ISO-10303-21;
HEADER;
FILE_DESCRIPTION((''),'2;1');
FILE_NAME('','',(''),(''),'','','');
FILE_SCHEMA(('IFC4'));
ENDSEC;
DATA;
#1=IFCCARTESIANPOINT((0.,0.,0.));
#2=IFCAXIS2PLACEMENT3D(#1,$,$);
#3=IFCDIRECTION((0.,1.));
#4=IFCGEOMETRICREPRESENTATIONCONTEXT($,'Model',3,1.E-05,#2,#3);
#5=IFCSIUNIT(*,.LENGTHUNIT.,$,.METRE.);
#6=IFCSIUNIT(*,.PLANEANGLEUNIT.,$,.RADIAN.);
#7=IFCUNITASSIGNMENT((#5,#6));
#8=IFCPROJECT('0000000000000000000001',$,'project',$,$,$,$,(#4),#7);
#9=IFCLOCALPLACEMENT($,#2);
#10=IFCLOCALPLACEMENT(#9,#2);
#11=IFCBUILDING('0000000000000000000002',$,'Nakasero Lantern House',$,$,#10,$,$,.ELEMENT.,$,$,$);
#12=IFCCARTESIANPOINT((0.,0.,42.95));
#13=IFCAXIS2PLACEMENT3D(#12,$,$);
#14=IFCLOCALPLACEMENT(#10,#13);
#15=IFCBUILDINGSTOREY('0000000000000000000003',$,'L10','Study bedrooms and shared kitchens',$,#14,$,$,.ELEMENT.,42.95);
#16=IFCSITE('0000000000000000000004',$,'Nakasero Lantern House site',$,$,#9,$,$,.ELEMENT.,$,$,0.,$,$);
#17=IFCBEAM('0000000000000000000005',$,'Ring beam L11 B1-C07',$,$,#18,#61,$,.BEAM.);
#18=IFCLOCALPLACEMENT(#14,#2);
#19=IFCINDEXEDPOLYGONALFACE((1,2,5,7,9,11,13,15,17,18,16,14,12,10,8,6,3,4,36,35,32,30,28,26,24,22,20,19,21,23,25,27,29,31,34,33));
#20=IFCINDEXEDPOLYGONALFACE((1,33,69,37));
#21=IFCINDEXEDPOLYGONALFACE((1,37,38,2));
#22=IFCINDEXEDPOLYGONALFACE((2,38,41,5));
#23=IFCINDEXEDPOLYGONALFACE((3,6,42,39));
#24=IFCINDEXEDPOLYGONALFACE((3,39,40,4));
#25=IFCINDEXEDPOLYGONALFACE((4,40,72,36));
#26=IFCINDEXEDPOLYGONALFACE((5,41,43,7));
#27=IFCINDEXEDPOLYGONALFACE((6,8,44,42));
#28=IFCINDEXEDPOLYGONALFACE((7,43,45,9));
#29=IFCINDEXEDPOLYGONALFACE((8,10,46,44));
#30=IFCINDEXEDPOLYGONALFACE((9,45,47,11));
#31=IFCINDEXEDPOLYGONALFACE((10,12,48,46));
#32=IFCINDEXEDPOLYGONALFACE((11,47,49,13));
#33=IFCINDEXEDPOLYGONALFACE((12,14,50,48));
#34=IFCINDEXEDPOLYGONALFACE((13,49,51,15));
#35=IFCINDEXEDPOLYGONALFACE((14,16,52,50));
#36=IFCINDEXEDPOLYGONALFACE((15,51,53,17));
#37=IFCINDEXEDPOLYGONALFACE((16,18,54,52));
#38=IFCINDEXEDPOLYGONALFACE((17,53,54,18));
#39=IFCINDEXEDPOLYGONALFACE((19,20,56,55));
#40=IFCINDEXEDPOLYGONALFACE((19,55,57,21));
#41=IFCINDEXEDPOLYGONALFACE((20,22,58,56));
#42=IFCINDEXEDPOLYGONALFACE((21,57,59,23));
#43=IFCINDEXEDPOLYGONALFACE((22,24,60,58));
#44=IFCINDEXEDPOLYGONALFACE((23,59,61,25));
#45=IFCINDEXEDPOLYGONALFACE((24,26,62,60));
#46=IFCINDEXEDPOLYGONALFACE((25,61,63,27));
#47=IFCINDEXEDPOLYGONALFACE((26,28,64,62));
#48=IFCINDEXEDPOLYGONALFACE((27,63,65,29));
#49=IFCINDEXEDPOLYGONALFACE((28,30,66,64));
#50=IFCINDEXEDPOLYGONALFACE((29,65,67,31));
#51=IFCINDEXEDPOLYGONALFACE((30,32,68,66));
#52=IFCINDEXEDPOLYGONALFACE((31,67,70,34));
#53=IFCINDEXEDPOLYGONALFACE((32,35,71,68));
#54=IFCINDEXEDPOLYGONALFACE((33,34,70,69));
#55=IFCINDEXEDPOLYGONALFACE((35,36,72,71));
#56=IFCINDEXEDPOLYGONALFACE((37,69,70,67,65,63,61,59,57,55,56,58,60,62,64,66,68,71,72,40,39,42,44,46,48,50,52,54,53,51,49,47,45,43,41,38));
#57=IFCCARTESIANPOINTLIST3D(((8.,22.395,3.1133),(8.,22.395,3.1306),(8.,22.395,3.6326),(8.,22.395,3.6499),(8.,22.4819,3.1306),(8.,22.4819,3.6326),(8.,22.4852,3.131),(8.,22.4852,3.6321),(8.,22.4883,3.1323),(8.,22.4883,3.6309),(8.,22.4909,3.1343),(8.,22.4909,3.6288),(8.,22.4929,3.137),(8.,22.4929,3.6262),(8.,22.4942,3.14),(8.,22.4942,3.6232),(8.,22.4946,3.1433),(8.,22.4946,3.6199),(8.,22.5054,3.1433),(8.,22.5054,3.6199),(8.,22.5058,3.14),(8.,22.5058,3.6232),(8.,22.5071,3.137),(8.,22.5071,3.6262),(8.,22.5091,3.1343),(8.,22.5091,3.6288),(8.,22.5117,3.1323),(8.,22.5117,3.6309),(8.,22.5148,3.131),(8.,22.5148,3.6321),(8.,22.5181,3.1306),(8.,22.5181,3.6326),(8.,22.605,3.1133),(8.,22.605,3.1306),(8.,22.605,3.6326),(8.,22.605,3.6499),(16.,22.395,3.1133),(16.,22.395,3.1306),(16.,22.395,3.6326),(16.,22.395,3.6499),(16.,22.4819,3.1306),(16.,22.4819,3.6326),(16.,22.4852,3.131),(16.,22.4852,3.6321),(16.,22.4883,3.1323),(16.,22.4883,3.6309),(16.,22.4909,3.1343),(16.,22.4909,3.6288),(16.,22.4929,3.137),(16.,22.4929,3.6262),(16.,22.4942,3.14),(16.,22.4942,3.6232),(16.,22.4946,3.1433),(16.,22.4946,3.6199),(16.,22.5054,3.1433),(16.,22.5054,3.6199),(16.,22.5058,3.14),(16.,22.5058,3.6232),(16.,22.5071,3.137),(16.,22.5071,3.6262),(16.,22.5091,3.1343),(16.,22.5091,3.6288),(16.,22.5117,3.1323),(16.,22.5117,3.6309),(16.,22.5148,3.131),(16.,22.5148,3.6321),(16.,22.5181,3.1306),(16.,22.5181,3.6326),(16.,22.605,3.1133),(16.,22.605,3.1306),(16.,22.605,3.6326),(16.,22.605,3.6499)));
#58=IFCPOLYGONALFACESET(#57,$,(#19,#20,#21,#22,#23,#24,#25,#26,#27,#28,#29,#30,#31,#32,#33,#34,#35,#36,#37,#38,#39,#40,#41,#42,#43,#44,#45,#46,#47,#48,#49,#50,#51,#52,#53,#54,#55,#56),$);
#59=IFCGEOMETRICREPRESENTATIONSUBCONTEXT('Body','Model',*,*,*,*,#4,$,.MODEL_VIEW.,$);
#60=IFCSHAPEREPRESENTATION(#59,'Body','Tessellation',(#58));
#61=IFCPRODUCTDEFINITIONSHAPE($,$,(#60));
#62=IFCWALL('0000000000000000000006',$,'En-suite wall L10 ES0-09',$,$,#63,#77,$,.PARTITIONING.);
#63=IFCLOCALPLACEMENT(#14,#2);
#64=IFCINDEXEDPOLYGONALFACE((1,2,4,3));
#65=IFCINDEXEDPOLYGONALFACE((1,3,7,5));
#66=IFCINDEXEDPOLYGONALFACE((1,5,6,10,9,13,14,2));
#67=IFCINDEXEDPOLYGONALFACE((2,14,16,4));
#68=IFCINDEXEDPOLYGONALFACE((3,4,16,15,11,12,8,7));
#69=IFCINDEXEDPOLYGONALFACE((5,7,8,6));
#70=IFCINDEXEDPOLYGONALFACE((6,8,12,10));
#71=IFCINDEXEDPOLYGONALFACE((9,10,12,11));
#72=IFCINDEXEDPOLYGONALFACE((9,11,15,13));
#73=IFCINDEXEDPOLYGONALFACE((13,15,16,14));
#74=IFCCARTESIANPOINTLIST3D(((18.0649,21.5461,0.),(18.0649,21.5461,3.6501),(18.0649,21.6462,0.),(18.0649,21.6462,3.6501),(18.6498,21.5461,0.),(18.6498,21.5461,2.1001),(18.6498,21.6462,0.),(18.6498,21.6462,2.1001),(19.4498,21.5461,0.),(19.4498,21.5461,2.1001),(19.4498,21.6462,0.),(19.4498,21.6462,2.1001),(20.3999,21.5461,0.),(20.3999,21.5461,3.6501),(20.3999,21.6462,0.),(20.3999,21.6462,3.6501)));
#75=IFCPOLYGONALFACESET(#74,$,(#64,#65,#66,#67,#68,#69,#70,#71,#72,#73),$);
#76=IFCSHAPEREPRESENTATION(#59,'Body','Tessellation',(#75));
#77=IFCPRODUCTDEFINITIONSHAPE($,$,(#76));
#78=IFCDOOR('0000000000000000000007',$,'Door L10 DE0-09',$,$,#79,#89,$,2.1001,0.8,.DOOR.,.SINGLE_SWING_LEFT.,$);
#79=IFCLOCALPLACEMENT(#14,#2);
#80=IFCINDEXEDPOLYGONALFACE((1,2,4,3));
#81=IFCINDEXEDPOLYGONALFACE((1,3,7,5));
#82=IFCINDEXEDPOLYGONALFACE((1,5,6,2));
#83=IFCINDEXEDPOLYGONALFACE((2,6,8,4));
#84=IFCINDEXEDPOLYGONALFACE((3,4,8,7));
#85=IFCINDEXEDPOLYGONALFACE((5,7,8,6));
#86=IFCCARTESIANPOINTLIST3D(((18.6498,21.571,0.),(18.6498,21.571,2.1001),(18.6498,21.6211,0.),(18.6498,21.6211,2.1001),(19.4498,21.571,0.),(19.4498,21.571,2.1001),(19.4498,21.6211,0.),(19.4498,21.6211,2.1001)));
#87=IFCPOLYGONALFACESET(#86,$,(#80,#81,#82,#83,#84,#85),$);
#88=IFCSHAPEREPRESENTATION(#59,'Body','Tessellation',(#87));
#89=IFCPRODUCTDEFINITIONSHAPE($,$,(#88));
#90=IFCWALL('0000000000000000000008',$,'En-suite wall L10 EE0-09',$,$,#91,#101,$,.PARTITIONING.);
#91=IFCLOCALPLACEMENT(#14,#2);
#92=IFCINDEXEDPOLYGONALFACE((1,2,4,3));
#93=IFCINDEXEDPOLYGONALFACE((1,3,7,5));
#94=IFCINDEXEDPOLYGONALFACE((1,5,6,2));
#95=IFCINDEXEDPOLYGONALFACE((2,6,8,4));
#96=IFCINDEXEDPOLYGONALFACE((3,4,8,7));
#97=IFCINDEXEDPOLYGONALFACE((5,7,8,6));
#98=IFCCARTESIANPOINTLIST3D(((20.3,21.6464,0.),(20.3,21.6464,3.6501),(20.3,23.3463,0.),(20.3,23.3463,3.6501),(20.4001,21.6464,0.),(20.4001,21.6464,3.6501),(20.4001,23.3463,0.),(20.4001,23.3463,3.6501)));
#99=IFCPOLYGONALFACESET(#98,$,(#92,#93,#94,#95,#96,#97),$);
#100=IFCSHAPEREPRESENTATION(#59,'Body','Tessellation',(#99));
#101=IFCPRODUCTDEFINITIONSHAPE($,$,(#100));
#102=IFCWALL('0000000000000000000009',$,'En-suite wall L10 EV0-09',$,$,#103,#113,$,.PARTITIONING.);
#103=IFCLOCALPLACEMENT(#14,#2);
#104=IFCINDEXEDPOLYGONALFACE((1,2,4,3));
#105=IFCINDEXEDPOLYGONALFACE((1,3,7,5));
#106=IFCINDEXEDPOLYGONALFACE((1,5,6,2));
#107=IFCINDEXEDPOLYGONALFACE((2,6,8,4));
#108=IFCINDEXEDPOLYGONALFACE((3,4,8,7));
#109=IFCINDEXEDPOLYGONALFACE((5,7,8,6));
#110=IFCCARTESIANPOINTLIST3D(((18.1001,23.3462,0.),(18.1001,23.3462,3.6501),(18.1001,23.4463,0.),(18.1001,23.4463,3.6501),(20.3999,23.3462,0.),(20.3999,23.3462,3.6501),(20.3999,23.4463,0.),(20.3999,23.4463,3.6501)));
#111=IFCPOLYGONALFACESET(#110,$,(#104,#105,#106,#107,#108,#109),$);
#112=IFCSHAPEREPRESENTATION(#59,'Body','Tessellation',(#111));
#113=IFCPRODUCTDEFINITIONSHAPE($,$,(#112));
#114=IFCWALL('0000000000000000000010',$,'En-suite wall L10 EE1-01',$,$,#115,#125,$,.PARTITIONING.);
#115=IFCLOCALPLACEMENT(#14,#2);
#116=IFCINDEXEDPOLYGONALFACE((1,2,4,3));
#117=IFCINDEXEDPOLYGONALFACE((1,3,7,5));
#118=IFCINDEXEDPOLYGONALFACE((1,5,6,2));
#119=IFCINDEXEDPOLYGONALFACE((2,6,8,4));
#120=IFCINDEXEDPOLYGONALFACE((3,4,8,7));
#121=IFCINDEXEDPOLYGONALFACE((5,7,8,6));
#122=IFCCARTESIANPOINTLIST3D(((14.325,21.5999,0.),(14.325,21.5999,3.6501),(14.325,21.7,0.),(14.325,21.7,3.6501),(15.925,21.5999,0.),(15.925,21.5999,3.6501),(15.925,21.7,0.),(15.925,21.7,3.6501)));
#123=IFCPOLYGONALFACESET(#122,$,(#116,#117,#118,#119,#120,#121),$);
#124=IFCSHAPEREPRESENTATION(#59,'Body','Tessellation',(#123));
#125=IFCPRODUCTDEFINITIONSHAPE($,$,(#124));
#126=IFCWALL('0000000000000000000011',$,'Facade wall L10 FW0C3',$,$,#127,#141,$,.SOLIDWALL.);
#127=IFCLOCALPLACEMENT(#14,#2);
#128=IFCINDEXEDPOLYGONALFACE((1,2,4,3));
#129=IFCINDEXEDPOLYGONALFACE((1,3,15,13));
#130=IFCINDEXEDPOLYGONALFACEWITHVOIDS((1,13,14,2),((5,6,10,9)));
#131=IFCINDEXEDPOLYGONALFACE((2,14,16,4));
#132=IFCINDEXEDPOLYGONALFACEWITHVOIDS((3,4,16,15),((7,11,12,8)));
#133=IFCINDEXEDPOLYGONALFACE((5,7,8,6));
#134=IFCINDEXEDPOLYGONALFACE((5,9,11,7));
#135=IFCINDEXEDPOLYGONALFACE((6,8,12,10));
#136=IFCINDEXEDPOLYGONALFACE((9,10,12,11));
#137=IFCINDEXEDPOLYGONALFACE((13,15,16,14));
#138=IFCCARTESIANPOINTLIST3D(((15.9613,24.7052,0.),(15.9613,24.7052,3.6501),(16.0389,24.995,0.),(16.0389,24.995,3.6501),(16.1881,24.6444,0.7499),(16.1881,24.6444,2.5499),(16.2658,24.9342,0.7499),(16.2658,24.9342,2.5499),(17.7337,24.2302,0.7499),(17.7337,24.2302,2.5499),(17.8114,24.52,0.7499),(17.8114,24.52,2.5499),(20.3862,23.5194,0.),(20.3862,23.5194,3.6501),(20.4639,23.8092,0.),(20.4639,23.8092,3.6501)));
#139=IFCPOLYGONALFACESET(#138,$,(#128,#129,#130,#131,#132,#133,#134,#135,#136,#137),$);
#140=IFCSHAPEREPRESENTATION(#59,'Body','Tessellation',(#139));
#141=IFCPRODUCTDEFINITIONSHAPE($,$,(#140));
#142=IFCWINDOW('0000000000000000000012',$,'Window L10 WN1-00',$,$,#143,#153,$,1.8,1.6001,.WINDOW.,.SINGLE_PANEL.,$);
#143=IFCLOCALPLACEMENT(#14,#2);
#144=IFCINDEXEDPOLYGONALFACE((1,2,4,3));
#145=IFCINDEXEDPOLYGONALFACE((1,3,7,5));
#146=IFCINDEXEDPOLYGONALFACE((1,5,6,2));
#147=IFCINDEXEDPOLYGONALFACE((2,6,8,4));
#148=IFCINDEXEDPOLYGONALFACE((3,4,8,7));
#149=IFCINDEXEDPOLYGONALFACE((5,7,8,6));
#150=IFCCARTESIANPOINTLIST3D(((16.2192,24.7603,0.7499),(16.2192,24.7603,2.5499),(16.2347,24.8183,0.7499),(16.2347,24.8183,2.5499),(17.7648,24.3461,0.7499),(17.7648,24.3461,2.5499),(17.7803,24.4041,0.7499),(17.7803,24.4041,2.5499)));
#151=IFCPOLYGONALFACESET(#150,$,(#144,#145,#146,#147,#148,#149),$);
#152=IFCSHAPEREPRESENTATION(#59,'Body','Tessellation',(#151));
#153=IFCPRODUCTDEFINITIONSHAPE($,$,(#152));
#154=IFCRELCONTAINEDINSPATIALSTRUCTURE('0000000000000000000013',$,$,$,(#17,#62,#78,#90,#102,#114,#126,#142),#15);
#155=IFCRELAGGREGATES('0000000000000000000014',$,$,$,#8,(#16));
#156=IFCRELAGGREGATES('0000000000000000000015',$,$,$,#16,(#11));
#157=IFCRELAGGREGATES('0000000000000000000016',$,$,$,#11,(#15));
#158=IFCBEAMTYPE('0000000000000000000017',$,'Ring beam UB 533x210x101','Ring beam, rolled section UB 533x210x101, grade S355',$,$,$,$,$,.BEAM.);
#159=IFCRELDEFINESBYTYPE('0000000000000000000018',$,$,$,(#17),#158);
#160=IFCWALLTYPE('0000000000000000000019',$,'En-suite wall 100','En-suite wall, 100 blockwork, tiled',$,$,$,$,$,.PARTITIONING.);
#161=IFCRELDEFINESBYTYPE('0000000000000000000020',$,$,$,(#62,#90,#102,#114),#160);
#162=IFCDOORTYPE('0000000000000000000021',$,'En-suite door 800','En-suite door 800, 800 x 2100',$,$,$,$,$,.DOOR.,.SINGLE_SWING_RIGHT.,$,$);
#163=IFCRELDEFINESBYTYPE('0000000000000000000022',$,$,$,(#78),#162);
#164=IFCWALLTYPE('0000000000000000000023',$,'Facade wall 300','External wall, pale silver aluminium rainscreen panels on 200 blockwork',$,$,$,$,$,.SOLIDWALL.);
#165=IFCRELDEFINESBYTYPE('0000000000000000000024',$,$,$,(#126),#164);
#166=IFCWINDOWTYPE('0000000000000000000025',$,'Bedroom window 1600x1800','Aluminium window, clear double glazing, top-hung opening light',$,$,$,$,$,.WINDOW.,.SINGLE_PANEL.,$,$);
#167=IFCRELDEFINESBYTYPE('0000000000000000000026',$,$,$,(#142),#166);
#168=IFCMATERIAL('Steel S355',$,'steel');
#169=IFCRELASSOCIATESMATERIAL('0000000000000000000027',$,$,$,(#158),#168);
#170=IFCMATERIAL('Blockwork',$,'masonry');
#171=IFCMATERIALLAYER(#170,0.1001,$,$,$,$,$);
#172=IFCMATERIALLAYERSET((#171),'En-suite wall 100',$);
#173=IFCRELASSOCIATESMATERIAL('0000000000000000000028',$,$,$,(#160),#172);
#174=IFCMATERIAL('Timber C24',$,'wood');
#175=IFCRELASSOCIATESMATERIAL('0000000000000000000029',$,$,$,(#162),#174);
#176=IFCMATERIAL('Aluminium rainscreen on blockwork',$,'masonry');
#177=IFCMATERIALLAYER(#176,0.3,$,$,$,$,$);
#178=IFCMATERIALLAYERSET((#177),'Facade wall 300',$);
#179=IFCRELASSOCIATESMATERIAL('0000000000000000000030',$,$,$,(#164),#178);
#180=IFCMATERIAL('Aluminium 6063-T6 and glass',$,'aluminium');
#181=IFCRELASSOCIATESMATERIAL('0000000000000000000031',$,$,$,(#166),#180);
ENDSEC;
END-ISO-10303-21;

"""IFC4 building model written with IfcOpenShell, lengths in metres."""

from ifc_helpers import new_model, si_unit, direction, frame, frame_2d, origin, origin_2d, place, context, subcontext, project, spatial, rectangle, i_section, extrude, material, layer, layer_set, material_profile, profile_set, type_object, element, fill, save


model = new_model("IFC4")

# Units and contexts
model_context = context("Model", 3, precision=1e-05, world=origin(), true_north=direction((0.0, 1.0)))
body_context = subcontext(model_context, "Body", "Model", "MODEL_VIEW")
ifc_project = project(units=[si_unit("LENGTHUNIT", "METRE"), si_unit("PLANEANGLEUNIT", "RADIAN")], contexts=[model_context])

# Site, building, storey
site_placement = place(None, origin())
site = spatial("IfcSite", under=ifc_project, at=site_placement, Name="Nakasero Lantern House site", CompositionType="ELEMENT", RefElevation=0.0)
building_placement = place(site_placement, origin())
building = spatial("IfcBuilding", under=site, at=building_placement, Name="Nakasero Lantern House", CompositionType="ELEMENT")
storey_placement = place(building_placement, frame((0.0, 0.0, 42.95)))
storey = spatial("IfcBuildingStorey", under=building, at=storey_placement, Name="L10", Description="Study bedrooms and shared kitchens", CompositionType="ELEMENT", Elevation=42.95)

# Beam
ifc_material_1 = material(Name="Steel S355", Category="steel")
ifc_material_profile_1 = material_profile(ifc_material_1, i_section(OverallWidth=0.21, OverallDepth=0.5366, WebThickness=0.0107, FlangeThickness=0.0173, FilletRadius=0.0127, at=origin_2d()), Name="UB 533x210x101")
ifc_profile_set_1 = profile_set([ifc_material_profile_1], Name="Steel S355")
beam_type_1 = type_object("IfcBeamType", Name="Ring beam UB 533x210x101", Description="Ring beam, rolled section UB 533x210x101, grade S355", PredefinedType="BEAM", material=ifc_profile_set_1)
beam_1_placement = place(storey_placement, frame((16.0, 22.5, 3.3816), z_axis=(-1.0, 0.0, 0.0), x_axis=(0.0, -1.0, 0.0)))
element("IfcBeam", 1, at=beam_1_placement, inside=storey, type_object=beam_type_1, Name="Ring beam L11 B1-C07", PredefinedType="BEAM", context=body_context, shape_type="SweptSolid", body=[
    extrude(i_section(OverallWidth=0.21, OverallDepth=0.5366, WebThickness=0.0107, FlangeThickness=0.0173, FilletRadius=0.0127, at=origin_2d()), origin(), (0.0, 0.0, 1.0), 8.0),
])

# Wall, opening, door
ifc_material_2 = material(Name="Blockwork", Category="masonry")
ifc_layer_1 = layer(ifc_material_2, 0.1001)
ifc_layer_set_1 = layer_set([ifc_layer_1], Name="En-suite wall 100")
wall_type_1 = type_object("IfcWallType", Name="En-suite wall 100", Description="En-suite wall, 100 blockwork, tiled", PredefinedType="PARTITIONING", material=ifc_layer_set_1)
wall_1_placement = place(storey_placement, frame((18.0649, 21.5962, 0.0), z_axis=(0.0, 0.0, 1.0), x_axis=(1.0, 0.0, 0.0)))
wall_1 = element("IfcWall", 2, at=wall_1_placement, inside=storey, type_object=wall_type_1, Name="En-suite wall L10 ES0-09", PredefinedType="PARTITIONING", context=body_context, shape_type="SweptSolid", body=[
    extrude(rectangle(XDim=2.335, YDim=0.1001, at=frame_2d((1.1675, 0.0))), origin(), (0.0, 0.0, 1.0), 3.6501),
])
opening_1_placement = place(wall_1_placement, frame((0.585, 0.0, 0.0)))
opening_1 = element("IfcOpeningElement", 3, at=opening_1_placement, cuts=wall_1, PredefinedType="OPENING", context=body_context, shape_type="SweptSolid", body=[
    extrude(rectangle(XDim=0.8, YDim=2.1001, at=frame_2d((0.3999, 1.05))), frame((0.0, 0.0701, 0.0), z_axis=(0.0, -1.0, 0.0), x_axis=(1.0, 0.0, 0.0)), (0.0, 0.0, 1.0), 0.1401),
])
ifc_material_3 = material(Name="Timber C24", Category="wood")
door_type_1 = type_object("IfcDoorType", Name="En-suite door 800", Description="En-suite door 800, 800 x 2100", OperationType="SINGLE_SWING_RIGHT", PredefinedType="DOOR", material=ifc_material_3)
door_1_placement = place(opening_1_placement, origin())
door_1 = element("IfcDoor", 4, at=door_1_placement, inside=storey, type_object=door_type_1, Name="Door L10 DE0-09", OperationType="SINGLE_SWING_LEFT", OverallHeight=2.1001, OverallWidth=0.8, PredefinedType="DOOR", context=body_context, shape_type="SweptSolid", body=[
    extrude(rectangle(XDim=0.8, YDim=2.1001, at=frame_2d((0.3999, 1.05))), frame((0.0, 0.0249, 0.0), z_axis=(0.0, -1.0, 0.0), x_axis=(1.0, 0.0, 0.0)), (0.0, 0.0, 1.0), 0.05),
])
fill(opening_1, door_1)

# Walls
wall_2_placement = place(storey_placement, frame((20.3501, 21.6462, 0.0), z_axis=(0.0, 0.0, 1.0), x_axis=(0.0, 1.0, 0.0)))
element("IfcWall", 5, at=wall_2_placement, inside=storey, type_object=wall_type_1, Name="En-suite wall L10 EE0-09", PredefinedType="PARTITIONING", context=body_context, shape_type="SweptSolid", body=[
    extrude(rectangle(XDim=1.7, YDim=0.1001, at=frame_2d((0.8501, 0.0))), origin(), (0.0, 0.0, 1.0), 3.6501),
])
wall_3_placement = place(storey_placement, frame((18.1001, 23.3962, 0.0), z_axis=(0.0, 0.0, 1.0), x_axis=(1.0, 0.0, 0.0)))
element("IfcWall", 6, at=wall_3_placement, inside=storey, type_object=wall_type_1, Name="En-suite wall L10 EV0-09", PredefinedType="PARTITIONING", context=body_context, shape_type="SweptSolid", body=[
    extrude(rectangle(XDim=2.2998, YDim=0.1001, at=frame_2d((1.1499, 0.0))), origin(), (0.0, 0.0, 1.0), 3.6501),
])
wall_4_placement = place(storey_placement, frame((15.925, 21.6499, 0.0), z_axis=(0.0, 0.0, 1.0), x_axis=(-1.0, 0.0, 0.0)))
element("IfcWall", 7, at=wall_4_placement, inside=storey, type_object=wall_type_1, Name="En-suite wall L10 EE1-01", PredefinedType="PARTITIONING", context=body_context, shape_type="SweptSolid", body=[
    extrude(rectangle(XDim=1.6001, YDim=0.1001, at=frame_2d((0.8, 0.0))), origin(), (0.0, 0.0, 1.0), 3.6501),
])

# Wall, opening, window
ifc_material_4 = material(Name="Aluminium rainscreen on blockwork", Category="masonry")
ifc_layer_2 = layer(ifc_material_4, 0.3)
ifc_layer_set_2 = layer_set([ifc_layer_2], Name="Facade wall 300")
wall_type_2 = type_object("IfcWallType", Name="Facade wall 300", Description="External wall, pale silver aluminium rainscreen panels on 200 blockwork", PredefinedType="SOLIDWALL", material=ifc_layer_set_2)
wall_5_placement = place(storey_placement, frame((20.425, 23.6643, 0.0), z_axis=(0.0, 0.0, 1.0), x_axis=(-0.96592, 0.25884, 0.0)))
wall_5 = element("IfcWall", 8, at=wall_5_placement, inside=storey, type_object=wall_type_2, Name="Facade wall L10 FW0C3", PredefinedType="SOLIDWALL", context=body_context, shape_type="SweptSolid", body=[
    extrude(rectangle(XDim=4.5811, YDim=0.3, at=frame_2d((2.2905, 0.0))), origin(), (0.0, 0.0, 1.0), 3.6501),
])
opening_2_placement = place(wall_5_placement, frame((2.7461, 0.0, 0.75)))
opening_2 = element("IfcOpeningElement", 9, at=opening_2_placement, cuts=wall_5, PredefinedType="OPENING", context=body_context, shape_type="SweptSolid", body=[
    extrude(rectangle(XDim=1.6001, YDim=1.8, at=frame_2d((0.8, 0.8999))), frame((0.0, 0.1699, 0.0), z_axis=(0.0, -1.0, 0.0), x_axis=(1.0, 0.0, 0.0)), (0.0, 0.0, 1.0), 0.3401),
])
ifc_material_5 = material(Name="Aluminium 6063-T6 and glass", Category="aluminium")
window_type_1 = type_object("IfcWindowType", Name="Bedroom window 1600x1800", Description="Aluminium window, clear double glazing, top-hung opening light", PartitioningType="SINGLE_PANEL", PredefinedType="WINDOW", material=ifc_material_5)
window_1_placement = place(opening_2_placement, origin())
window_1 = element("IfcWindow", 10, at=window_1_placement, inside=storey, type_object=window_type_1, Name="Window L10 WN1-00", OverallHeight=1.8, OverallWidth=1.6001, PartitioningType="SINGLE_PANEL", PredefinedType="WINDOW", context=body_context, shape_type="SweptSolid", body=[
    extrude(rectangle(XDim=1.6001, YDim=1.8, at=frame_2d((0.8, 0.8999))), frame((0.0, 0.03, 0.0), z_axis=(0.0, -1.0, 0.0), x_axis=(1.0, 0.0, 0.0)), (0.0, 0.0, 1.0), 0.0601),
])
fill(opening_2, window_1)

save(model, "model.ifc")
